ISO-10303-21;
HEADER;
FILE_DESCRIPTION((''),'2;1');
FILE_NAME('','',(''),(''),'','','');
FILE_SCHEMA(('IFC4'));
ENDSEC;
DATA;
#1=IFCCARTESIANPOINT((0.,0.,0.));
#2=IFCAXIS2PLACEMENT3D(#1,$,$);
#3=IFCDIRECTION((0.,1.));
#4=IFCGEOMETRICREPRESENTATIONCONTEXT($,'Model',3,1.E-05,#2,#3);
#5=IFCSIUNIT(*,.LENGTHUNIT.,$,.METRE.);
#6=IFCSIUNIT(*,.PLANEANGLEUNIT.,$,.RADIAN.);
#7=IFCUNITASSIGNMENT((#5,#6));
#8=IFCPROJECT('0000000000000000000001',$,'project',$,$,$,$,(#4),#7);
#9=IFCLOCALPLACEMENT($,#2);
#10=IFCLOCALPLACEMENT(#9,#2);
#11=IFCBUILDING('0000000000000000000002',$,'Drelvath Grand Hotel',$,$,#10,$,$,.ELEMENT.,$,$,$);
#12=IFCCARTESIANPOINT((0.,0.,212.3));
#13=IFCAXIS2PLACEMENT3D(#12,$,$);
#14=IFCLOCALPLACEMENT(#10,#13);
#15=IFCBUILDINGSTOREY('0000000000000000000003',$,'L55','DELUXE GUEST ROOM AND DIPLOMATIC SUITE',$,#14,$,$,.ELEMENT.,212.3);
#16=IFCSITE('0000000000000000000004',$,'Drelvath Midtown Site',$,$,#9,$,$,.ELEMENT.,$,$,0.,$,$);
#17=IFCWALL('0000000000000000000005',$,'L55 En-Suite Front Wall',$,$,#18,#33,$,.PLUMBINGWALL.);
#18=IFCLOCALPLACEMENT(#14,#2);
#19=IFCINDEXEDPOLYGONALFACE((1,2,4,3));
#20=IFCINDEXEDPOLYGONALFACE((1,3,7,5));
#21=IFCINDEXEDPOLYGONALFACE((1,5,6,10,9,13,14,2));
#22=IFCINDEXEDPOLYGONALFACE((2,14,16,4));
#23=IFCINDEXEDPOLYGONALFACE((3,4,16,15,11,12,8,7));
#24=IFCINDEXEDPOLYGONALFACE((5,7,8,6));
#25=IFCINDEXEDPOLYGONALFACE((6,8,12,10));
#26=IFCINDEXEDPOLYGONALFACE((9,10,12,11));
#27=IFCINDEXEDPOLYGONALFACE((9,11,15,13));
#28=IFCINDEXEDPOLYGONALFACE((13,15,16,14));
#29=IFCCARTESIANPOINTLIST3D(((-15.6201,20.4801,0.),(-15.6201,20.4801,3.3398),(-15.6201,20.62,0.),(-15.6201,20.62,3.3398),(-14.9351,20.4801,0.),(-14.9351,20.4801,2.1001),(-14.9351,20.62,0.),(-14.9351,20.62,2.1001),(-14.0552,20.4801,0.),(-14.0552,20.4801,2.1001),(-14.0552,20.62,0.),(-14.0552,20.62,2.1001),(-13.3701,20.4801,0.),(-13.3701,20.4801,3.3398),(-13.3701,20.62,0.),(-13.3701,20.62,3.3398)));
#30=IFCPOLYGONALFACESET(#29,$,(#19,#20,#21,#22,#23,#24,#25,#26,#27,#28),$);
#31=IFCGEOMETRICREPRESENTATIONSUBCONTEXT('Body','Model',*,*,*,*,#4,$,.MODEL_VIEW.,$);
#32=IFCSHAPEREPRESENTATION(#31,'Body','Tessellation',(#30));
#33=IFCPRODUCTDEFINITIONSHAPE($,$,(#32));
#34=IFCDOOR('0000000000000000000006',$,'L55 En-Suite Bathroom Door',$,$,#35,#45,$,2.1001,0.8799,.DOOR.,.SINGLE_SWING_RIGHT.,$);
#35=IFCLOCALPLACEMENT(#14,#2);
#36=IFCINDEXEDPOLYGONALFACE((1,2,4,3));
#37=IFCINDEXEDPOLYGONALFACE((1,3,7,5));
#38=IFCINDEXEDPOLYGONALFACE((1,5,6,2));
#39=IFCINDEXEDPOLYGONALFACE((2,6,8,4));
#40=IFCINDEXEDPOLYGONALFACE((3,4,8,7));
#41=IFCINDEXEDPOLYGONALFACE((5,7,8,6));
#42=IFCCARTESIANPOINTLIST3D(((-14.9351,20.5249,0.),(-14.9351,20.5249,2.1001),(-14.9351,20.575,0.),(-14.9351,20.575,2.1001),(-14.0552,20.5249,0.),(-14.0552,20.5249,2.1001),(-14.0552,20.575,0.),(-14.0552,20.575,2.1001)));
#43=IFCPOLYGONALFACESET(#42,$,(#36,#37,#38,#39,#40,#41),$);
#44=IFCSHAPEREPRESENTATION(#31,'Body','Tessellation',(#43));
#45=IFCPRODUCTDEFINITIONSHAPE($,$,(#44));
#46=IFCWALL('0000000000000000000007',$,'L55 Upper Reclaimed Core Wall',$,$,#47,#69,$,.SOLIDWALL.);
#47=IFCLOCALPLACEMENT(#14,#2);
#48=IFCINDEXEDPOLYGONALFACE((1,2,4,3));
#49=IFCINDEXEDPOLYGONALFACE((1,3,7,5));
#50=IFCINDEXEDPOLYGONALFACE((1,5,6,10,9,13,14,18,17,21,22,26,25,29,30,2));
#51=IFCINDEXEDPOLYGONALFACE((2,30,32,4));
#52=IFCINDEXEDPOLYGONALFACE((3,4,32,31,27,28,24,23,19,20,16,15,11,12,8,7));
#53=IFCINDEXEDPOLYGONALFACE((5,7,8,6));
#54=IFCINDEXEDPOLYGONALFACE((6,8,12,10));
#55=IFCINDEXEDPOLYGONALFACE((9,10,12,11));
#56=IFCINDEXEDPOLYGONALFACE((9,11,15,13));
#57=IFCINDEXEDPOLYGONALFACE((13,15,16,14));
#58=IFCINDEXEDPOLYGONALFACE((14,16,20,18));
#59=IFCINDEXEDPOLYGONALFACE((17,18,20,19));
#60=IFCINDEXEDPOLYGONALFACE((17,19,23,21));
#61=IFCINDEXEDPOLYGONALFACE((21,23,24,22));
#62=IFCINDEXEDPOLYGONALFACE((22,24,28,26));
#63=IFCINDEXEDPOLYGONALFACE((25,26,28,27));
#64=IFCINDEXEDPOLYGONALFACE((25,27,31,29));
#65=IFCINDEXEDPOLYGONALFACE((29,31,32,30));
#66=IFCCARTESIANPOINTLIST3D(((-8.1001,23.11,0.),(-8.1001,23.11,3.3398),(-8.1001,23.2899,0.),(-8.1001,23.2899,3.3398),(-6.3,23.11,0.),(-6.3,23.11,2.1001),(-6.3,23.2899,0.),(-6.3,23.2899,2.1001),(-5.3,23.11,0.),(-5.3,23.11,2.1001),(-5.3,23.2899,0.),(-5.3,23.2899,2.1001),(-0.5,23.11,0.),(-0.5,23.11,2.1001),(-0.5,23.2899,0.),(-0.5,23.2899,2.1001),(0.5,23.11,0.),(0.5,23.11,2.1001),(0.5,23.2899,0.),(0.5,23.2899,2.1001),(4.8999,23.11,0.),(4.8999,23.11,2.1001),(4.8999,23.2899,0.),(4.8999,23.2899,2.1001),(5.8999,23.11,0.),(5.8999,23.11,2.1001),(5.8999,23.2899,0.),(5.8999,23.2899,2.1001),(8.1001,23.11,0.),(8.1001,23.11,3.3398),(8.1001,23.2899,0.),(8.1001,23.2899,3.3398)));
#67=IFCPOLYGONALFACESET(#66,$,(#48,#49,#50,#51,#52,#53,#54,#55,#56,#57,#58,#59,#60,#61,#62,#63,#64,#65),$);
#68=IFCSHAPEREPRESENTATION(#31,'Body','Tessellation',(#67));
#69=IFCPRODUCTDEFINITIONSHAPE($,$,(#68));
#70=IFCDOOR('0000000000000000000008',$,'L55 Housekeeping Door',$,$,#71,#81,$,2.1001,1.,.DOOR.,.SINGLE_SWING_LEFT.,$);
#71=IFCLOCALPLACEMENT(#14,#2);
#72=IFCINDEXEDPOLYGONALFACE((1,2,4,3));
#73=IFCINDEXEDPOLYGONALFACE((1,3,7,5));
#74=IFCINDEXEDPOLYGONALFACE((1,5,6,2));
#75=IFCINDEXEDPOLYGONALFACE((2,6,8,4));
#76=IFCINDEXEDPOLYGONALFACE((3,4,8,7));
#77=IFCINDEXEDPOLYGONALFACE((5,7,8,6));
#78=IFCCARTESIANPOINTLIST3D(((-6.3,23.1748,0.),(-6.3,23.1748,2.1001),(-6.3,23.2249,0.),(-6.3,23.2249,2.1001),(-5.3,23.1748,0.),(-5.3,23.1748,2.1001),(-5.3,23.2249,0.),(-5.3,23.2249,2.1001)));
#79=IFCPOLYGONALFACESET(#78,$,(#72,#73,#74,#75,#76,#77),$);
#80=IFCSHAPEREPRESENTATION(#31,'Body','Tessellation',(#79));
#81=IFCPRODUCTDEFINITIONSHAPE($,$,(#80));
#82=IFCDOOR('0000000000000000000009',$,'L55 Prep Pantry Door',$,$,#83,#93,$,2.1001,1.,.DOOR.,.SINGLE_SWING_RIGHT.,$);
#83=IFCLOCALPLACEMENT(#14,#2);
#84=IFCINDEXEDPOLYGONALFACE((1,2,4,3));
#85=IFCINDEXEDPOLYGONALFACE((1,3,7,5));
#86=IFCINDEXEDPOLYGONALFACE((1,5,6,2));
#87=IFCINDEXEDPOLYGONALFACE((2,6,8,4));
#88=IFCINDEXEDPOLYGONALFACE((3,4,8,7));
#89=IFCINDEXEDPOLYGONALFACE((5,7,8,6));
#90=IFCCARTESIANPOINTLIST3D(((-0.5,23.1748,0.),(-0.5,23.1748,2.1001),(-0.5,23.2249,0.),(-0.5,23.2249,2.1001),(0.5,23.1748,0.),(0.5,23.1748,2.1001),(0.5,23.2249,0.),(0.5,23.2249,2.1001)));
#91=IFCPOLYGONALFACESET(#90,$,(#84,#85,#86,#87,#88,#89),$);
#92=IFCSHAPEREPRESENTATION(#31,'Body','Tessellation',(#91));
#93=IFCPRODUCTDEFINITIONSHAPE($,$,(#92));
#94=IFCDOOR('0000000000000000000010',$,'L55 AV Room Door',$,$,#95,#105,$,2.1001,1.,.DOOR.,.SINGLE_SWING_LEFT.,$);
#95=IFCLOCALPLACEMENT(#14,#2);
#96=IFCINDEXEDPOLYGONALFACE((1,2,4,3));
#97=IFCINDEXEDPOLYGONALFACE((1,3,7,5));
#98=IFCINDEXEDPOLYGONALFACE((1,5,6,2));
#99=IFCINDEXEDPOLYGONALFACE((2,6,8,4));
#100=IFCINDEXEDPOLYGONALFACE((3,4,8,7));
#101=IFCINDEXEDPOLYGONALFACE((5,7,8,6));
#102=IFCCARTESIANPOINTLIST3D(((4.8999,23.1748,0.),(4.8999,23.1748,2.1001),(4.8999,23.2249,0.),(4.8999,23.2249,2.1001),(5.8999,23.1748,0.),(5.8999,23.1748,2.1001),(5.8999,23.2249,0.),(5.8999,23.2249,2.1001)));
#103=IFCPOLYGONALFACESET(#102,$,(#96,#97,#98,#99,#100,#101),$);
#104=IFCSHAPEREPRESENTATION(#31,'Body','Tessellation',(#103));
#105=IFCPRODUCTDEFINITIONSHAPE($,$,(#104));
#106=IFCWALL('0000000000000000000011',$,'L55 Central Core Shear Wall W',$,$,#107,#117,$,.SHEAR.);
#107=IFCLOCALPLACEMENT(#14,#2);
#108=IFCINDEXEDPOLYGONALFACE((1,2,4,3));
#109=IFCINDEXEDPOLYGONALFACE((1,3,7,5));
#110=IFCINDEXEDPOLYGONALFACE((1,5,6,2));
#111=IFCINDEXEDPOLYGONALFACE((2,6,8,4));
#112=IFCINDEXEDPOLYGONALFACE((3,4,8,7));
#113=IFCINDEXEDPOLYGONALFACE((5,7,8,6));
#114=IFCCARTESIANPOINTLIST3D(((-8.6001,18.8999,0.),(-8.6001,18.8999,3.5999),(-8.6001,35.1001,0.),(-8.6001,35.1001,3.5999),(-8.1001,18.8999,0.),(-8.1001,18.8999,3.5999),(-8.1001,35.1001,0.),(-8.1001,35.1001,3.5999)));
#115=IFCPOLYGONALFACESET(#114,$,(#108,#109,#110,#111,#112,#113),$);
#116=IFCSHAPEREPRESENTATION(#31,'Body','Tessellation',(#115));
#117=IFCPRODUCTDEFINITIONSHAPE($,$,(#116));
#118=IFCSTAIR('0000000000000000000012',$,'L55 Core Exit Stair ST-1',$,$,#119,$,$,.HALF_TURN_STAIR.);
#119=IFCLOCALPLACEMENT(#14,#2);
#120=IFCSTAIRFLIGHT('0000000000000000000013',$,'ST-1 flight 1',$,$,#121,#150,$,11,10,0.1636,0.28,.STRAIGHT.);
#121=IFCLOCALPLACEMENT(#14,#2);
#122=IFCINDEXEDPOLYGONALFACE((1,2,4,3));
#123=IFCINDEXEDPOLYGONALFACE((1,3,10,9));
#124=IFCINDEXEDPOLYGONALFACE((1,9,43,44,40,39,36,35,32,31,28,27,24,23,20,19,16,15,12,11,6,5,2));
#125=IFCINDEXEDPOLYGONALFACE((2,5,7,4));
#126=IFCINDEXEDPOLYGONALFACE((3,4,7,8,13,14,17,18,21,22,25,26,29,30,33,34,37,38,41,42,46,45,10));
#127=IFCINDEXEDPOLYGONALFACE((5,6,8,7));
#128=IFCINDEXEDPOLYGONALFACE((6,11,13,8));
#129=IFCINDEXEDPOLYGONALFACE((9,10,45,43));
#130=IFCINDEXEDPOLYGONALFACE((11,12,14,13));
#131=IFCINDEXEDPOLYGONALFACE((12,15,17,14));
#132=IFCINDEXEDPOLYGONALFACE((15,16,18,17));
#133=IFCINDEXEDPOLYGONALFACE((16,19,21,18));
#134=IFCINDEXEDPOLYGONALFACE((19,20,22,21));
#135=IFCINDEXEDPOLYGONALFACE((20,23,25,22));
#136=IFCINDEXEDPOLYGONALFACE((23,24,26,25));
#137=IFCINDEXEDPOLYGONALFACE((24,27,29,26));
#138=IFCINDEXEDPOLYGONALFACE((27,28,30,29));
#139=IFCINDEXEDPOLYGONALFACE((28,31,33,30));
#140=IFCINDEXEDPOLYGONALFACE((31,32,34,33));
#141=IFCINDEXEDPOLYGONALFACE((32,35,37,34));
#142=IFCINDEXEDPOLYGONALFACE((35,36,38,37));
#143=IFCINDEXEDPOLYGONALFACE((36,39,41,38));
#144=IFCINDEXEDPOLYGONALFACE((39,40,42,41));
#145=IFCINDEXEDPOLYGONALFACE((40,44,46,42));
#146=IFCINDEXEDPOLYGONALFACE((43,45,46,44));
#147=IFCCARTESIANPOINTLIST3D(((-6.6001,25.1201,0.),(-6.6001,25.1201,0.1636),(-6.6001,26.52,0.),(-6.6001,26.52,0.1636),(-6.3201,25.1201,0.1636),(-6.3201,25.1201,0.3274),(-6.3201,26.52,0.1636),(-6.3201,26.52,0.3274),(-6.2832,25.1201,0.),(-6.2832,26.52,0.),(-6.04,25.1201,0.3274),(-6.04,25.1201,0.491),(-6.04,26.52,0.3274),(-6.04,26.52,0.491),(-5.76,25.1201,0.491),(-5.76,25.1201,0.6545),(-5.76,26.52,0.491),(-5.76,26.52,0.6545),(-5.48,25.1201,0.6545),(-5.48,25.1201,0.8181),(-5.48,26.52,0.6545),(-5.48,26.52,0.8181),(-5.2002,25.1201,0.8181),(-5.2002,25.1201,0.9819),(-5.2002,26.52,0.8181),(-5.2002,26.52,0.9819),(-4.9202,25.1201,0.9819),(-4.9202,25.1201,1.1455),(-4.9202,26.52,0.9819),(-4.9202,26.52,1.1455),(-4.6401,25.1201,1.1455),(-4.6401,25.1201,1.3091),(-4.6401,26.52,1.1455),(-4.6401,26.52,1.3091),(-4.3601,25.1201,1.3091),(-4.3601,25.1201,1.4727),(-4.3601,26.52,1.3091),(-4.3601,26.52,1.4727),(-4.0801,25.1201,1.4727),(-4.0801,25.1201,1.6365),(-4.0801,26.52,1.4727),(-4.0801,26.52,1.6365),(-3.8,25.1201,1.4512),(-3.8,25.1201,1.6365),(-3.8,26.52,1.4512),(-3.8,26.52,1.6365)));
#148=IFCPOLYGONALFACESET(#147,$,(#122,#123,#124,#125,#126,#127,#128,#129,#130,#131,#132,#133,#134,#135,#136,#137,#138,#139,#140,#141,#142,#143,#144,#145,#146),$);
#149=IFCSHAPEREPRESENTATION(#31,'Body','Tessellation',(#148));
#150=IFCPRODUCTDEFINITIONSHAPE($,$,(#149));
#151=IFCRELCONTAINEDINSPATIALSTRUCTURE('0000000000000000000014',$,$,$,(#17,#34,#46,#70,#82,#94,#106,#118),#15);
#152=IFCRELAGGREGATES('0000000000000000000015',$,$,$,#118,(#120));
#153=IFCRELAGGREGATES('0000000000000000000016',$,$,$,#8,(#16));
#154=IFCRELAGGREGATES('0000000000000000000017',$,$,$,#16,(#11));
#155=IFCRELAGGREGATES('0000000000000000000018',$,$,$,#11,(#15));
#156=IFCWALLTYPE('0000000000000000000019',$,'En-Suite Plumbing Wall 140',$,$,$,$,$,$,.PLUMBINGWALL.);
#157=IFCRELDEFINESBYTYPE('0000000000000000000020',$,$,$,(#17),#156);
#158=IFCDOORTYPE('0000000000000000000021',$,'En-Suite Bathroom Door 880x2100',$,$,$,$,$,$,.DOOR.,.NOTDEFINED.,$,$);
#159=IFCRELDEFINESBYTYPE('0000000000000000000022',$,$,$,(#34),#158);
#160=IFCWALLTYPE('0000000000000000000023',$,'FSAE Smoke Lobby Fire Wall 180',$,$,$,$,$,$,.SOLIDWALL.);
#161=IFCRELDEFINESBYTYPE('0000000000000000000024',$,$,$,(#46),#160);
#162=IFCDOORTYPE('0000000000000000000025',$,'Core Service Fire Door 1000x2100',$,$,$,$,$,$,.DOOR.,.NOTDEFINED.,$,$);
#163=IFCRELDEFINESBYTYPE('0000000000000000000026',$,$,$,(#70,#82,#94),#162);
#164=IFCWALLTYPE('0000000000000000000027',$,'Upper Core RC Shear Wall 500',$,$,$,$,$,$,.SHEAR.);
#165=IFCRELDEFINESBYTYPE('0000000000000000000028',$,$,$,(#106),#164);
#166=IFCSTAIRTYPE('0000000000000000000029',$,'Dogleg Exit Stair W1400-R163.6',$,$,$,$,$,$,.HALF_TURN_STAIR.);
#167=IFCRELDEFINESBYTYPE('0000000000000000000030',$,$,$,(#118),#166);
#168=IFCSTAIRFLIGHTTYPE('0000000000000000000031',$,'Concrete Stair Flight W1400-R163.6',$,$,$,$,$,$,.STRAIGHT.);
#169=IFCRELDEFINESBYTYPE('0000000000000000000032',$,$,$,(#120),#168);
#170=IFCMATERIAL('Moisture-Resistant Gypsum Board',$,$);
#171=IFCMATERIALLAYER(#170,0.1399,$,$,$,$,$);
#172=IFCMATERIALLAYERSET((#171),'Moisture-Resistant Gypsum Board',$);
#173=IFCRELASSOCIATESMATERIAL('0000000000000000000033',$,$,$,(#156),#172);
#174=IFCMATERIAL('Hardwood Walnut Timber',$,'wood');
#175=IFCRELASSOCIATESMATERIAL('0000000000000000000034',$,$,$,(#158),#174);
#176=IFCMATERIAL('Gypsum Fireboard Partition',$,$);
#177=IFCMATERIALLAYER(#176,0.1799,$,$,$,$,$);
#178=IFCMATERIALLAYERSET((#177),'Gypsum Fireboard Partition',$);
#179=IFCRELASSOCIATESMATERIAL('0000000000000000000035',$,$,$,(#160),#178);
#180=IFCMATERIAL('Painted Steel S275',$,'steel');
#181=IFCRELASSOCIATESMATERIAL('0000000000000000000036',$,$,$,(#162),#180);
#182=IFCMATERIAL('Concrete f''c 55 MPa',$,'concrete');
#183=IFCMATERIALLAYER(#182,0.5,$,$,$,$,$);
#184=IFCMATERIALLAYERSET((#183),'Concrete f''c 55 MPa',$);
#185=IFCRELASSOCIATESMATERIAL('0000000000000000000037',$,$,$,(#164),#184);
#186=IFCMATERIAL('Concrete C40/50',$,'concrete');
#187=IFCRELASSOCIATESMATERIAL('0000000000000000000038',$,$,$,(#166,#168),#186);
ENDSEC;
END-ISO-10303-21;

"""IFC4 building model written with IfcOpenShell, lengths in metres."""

from ifc_helpers import new_model, si_unit, direction, frame, frame_2d, origin, place, context, subcontext, project, spatial, polyline, rectangle, outline, extrude, material, layer, layer_set, type_object, element, fill, aggregate, save


model = new_model("IFC4")

# Units and contexts
model_context = context("Model", 3, precision=1e-05, world=origin(), true_north=direction((0.0, 1.0)))
body_context = subcontext(model_context, "Body", "Model", "MODEL_VIEW")
ifc_project = project(units=[si_unit("LENGTHUNIT", "METRE"), si_unit("PLANEANGLEUNIT", "RADIAN")], contexts=[model_context])

# Site, building, storey
site_placement = place(None, origin())
site = spatial("IfcSite", under=ifc_project, at=site_placement, Name="Drelvath Midtown Site", CompositionType="ELEMENT", RefElevation=0.0)
building_placement = place(site_placement, origin())
building = spatial("IfcBuilding", under=site, at=building_placement, Name="Drelvath Grand Hotel", CompositionType="ELEMENT")
storey_placement = place(building_placement, frame((0.0, 0.0, 212.3)))
storey = spatial("IfcBuildingStorey", under=building, at=storey_placement, Name="L55", Description="DELUXE GUEST ROOM AND DIPLOMATIC SUITE", CompositionType="ELEMENT", Elevation=212.3)

# Shared definitions
ifc_material_1 = material(Name="Concrete f'c 55 MPa", Category="concrete")

# Shared definitions
ifc_material_2 = material(Name="Concrete C40/50", Category="concrete")
ifc_material_3 = material(Name="Painted Steel S275", Category="steel")

# Shared definitions
ifc_material_4 = material(Name="Moisture-Resistant Gypsum Board")
ifc_layer_1 = layer(ifc_material_4, 0.1399)
ifc_layer_set_1 = layer_set([ifc_layer_1], Name="Moisture-Resistant Gypsum Board")
wall_type_1 = type_object("IfcWallType", Name="En-Suite Plumbing Wall 140", PredefinedType="PLUMBINGWALL", material=ifc_layer_set_1)

# Shared definitions
ifc_material_5 = material(Name="Hardwood Walnut Timber", Category="wood")
door_type_1 = type_object("IfcDoorType", Name="En-Suite Bathroom Door 880x2100", OperationType="NOTDEFINED", PredefinedType="DOOR", material=ifc_material_5)

# Wall, opening, door
wall_1_placement = place(storey_placement, frame((-15.6201, 20.55, 0.0), z_axis=(0.0, 0.0, 1.0), x_axis=(1.0, 0.0, 0.0)))
wall_1 = element("IfcWall", 1, at=wall_1_placement, inside=storey, type_object=wall_type_1, Name="L55 En-Suite Front Wall", PredefinedType="PLUMBINGWALL", context=body_context, shape_type="SweptSolid", body=[
    extrude(rectangle(XDim=2.25, YDim=0.1399, at=frame_2d((1.125, 0.0))), origin(), (0.0, 0.0, 1.0), 3.3398),
])
opening_1_placement = place(wall_1_placement, frame((0.6851, 0.0, 0.0)))
opening_1 = element("IfcOpeningElement", 2, at=opening_1_placement, cuts=wall_1, PredefinedType="OPENING", context=body_context, shape_type="SweptSolid", body=[
    extrude(rectangle(XDim=0.8799, YDim=2.1001, at=frame_2d((0.4399, 1.05))), frame((0.0, 0.0798, 0.0), z_axis=(0.0, -1.0, 0.0), x_axis=(1.0, 0.0, 0.0)), (0.0, 0.0, 1.0), 0.1599),
])
door_1_placement = place(opening_1_placement, origin())
door_1 = element("IfcDoor", 3, at=door_1_placement, inside=storey, type_object=door_type_1, Name="L55 En-Suite Bathroom Door", OperationType="SINGLE_SWING_RIGHT", OverallHeight=2.1001, OverallWidth=0.8799, PredefinedType="DOOR", context=body_context, shape_type="SweptSolid", body=[
    extrude(rectangle(XDim=0.8799, YDim=2.1001, at=frame_2d((0.4399, 1.05))), frame((0.0, 0.0249, 0.0), z_axis=(0.0, -1.0, 0.0), x_axis=(1.0, 0.0, 0.0)), (0.0, 0.0, 1.0), 0.05),
])
fill(opening_1, door_1)

# Wall, openings, doors
ifc_material_6 = material(Name="Gypsum Fireboard Partition")
ifc_layer_2 = layer(ifc_material_6, 0.1799)
ifc_layer_set_2 = layer_set([ifc_layer_2], Name="Gypsum Fireboard Partition")
wall_type_2 = type_object("IfcWallType", Name="FSAE Smoke Lobby Fire Wall 180", PredefinedType="SOLIDWALL", material=ifc_layer_set_2)
wall_2_placement = place(storey_placement, frame((-8.1001, 23.2, 0.0), z_axis=(0.0, 0.0, 1.0), x_axis=(1.0, 0.0, 0.0)))
wall_2 = element("IfcWall", 4, at=wall_2_placement, inside=storey, type_object=wall_type_2, Name="L55 Upper Reclaimed Core Wall", PredefinedType="SOLIDWALL", context=body_context, shape_type="SweptSolid", body=[
    extrude(rectangle(XDim=16.2002, YDim=0.1799, at=frame_2d((8.1001, 0.0))), origin(), (0.0, 0.0, 1.0), 3.3398),
])
opening_2_placement = place(wall_2_placement, frame((1.8, 0.0, 0.0)))
opening_2 = element("IfcOpeningElement", 5, at=opening_2_placement, cuts=wall_2, PredefinedType="OPENING", context=body_context, shape_type="SweptSolid", body=[
    extrude(rectangle(XDim=1.0, YDim=2.1001, at=frame_2d((0.5, 1.05))), frame((0.0, 0.0999, 0.0), z_axis=(0.0, -1.0, 0.0), x_axis=(1.0, 0.0, 0.0)), (0.0, 0.0, 1.0), 0.2),
])
opening_3_placement = place(wall_2_placement, frame((7.6001, 0.0, 0.0)))
opening_3 = element("IfcOpeningElement", 6, at=opening_3_placement, cuts=wall_2, PredefinedType="OPENING", context=body_context, shape_type="SweptSolid", body=[
    extrude(rectangle(XDim=1.0, YDim=2.1001, at=frame_2d((0.5, 1.05))), frame((0.0, 0.0999, 0.0), z_axis=(0.0, -1.0, 0.0), x_axis=(1.0, 0.0, 0.0)), (0.0, 0.0, 1.0), 0.2),
])
opening_4_placement = place(wall_2_placement, frame((13.0, 0.0, 0.0)))
opening_4 = element("IfcOpeningElement", 7, at=opening_4_placement, cuts=wall_2, PredefinedType="OPENING", context=body_context, shape_type="SweptSolid", body=[
    extrude(rectangle(XDim=1.0, YDim=2.1001, at=frame_2d((0.5, 1.05))), frame((0.0, 0.0999, 0.0), z_axis=(0.0, -1.0, 0.0), x_axis=(1.0, 0.0, 0.0)), (0.0, 0.0, 1.0), 0.2),
])
door_type_2 = type_object("IfcDoorType", Name="Core Service Fire Door 1000x2100", OperationType="NOTDEFINED", PredefinedType="DOOR", material=ifc_material_3)
door_2_placement = place(opening_2_placement, origin())
door_2 = element("IfcDoor", 8, at=door_2_placement, inside=storey, type_object=door_type_2, Name="L55 Housekeeping Door", OperationType="SINGLE_SWING_LEFT", OverallHeight=2.1001, OverallWidth=1.0, PredefinedType="DOOR", context=body_context, shape_type="SweptSolid", body=[
    extrude(rectangle(XDim=1.0, YDim=2.1001, at=frame_2d((0.5, 1.05))), frame((0.0, 0.0249, 0.0), z_axis=(0.0, -1.0, 0.0), x_axis=(1.0, 0.0, 0.0)), (0.0, 0.0, 1.0), 0.05),
])
fill(opening_2, door_2)
door_3_placement = place(opening_3_placement, origin())
door_3 = element("IfcDoor", 9, at=door_3_placement, inside=storey, type_object=door_type_2, Name="L55 Prep Pantry Door", OperationType="SINGLE_SWING_RIGHT", OverallHeight=2.1001, OverallWidth=1.0, PredefinedType="DOOR", context=body_context, shape_type="SweptSolid", body=[
    extrude(rectangle(XDim=1.0, YDim=2.1001, at=frame_2d((0.5, 1.05))), frame((0.0, 0.0249, 0.0), z_axis=(0.0, -1.0, 0.0), x_axis=(1.0, 0.0, 0.0)), (0.0, 0.0, 1.0), 0.05),
])
fill(opening_3, door_3)
door_4_placement = place(opening_4_placement, origin())
door_4 = element("IfcDoor", 10, at=door_4_placement, inside=storey, type_object=door_type_2, Name="L55 AV Room Door", OperationType="SINGLE_SWING_LEFT", OverallHeight=2.1001, OverallWidth=1.0, PredefinedType="DOOR", context=body_context, shape_type="SweptSolid", body=[
    extrude(rectangle(XDim=1.0, YDim=2.1001, at=frame_2d((0.5, 1.05))), frame((0.0, 0.0249, 0.0), z_axis=(0.0, -1.0, 0.0), x_axis=(1.0, 0.0, 0.0)), (0.0, 0.0, 1.0), 0.05),
])
fill(opening_4, door_4)

# Wall
ifc_layer_3 = layer(ifc_material_1, 0.5)
ifc_layer_set_3 = layer_set([ifc_layer_3], Name="Concrete f'c 55 MPa")
wall_type_3 = type_object("IfcWallType", Name="Upper Core RC Shear Wall 500", PredefinedType="SHEAR", material=ifc_layer_set_3)
wall_3_placement = place(storey_placement, frame((-8.3501, 18.8999, 0.0), z_axis=(0.0, 0.0, 1.0), x_axis=(0.0, 1.0, 0.0)))
element("IfcWall", 11, at=wall_3_placement, inside=storey, type_object=wall_type_3, Name="L55 Central Core Shear Wall W", PredefinedType="SHEAR", context=body_context, shape_type="SweptSolid", body=[
    extrude(rectangle(XDim=16.2002, YDim=0.5, at=frame_2d((8.1001, 0.0))), origin(), (0.0, 0.0, 1.0), 3.5999),
])

# Stair, stair flight
stair_type = type_object("IfcStairType", Name="Dogleg Exit Stair W1400-R163.6", PredefinedType="HALF_TURN_STAIR", material=ifc_material_2)
stair_placement = place(storey_placement, origin())
stair = element("IfcStair", 12, at=stair_placement, inside=storey, type_object=stair_type, Name="L55 Core Exit Stair ST-1", PredefinedType="HALF_TURN_STAIR")
stair_flight_type = type_object("IfcStairFlightType", Name="Concrete Stair Flight W1400-R163.6", PredefinedType="STRAIGHT", material=ifc_material_2)
stair_flight_placement = place(storey_placement, frame((-6.6001, 25.8201, 0.0), z_axis=(0.0, 0.0, 1.0), x_axis=(1.0, 0.0, 0.0)))
stair_flight = element("IfcStairFlight", 13, at=stair_flight_placement, type_object=stair_flight_type, Name="ST-1 flight 1", NumberOfRisers=11, NumberOfTreads=10, PredefinedType="STRAIGHT", RiserHeight=0.1636, TreadLength=0.28, context=body_context, shape_type="SweptSolid", body=[
    extrude(outline(polyline([(0.0, 0.0), (0.0, 0.1636), (0.28, 0.1636), (0.28, 0.3274), (0.5601, 0.3274), (0.5601, 0.491), (0.8401, 0.491), (0.8401, 0.6545), (1.1201, 0.6545), (1.1201, 0.8181), (1.3999, 0.8181), (1.3999, 0.9819), (1.6799, 0.9819), (1.6799, 1.1455), (1.96, 1.1455), (1.96, 1.3091), (2.24, 1.3091), (2.24, 1.4727), (2.52, 1.4727), (2.52, 1.6365), (2.8, 1.6365), (2.8, 1.8), (2.8, 1.4512), (0.3169, 0.0), (0.0, 0.0)])), frame((0.0, 0.7, 0.0), z_axis=(0.0, -1.0, 0.0), x_axis=(1.0, 0.0, 0.0)), (0.0, 0.0, 1.0), 1.3999),
])
aggregate(stair, [stair_flight])

save(model, "model.ifc")
